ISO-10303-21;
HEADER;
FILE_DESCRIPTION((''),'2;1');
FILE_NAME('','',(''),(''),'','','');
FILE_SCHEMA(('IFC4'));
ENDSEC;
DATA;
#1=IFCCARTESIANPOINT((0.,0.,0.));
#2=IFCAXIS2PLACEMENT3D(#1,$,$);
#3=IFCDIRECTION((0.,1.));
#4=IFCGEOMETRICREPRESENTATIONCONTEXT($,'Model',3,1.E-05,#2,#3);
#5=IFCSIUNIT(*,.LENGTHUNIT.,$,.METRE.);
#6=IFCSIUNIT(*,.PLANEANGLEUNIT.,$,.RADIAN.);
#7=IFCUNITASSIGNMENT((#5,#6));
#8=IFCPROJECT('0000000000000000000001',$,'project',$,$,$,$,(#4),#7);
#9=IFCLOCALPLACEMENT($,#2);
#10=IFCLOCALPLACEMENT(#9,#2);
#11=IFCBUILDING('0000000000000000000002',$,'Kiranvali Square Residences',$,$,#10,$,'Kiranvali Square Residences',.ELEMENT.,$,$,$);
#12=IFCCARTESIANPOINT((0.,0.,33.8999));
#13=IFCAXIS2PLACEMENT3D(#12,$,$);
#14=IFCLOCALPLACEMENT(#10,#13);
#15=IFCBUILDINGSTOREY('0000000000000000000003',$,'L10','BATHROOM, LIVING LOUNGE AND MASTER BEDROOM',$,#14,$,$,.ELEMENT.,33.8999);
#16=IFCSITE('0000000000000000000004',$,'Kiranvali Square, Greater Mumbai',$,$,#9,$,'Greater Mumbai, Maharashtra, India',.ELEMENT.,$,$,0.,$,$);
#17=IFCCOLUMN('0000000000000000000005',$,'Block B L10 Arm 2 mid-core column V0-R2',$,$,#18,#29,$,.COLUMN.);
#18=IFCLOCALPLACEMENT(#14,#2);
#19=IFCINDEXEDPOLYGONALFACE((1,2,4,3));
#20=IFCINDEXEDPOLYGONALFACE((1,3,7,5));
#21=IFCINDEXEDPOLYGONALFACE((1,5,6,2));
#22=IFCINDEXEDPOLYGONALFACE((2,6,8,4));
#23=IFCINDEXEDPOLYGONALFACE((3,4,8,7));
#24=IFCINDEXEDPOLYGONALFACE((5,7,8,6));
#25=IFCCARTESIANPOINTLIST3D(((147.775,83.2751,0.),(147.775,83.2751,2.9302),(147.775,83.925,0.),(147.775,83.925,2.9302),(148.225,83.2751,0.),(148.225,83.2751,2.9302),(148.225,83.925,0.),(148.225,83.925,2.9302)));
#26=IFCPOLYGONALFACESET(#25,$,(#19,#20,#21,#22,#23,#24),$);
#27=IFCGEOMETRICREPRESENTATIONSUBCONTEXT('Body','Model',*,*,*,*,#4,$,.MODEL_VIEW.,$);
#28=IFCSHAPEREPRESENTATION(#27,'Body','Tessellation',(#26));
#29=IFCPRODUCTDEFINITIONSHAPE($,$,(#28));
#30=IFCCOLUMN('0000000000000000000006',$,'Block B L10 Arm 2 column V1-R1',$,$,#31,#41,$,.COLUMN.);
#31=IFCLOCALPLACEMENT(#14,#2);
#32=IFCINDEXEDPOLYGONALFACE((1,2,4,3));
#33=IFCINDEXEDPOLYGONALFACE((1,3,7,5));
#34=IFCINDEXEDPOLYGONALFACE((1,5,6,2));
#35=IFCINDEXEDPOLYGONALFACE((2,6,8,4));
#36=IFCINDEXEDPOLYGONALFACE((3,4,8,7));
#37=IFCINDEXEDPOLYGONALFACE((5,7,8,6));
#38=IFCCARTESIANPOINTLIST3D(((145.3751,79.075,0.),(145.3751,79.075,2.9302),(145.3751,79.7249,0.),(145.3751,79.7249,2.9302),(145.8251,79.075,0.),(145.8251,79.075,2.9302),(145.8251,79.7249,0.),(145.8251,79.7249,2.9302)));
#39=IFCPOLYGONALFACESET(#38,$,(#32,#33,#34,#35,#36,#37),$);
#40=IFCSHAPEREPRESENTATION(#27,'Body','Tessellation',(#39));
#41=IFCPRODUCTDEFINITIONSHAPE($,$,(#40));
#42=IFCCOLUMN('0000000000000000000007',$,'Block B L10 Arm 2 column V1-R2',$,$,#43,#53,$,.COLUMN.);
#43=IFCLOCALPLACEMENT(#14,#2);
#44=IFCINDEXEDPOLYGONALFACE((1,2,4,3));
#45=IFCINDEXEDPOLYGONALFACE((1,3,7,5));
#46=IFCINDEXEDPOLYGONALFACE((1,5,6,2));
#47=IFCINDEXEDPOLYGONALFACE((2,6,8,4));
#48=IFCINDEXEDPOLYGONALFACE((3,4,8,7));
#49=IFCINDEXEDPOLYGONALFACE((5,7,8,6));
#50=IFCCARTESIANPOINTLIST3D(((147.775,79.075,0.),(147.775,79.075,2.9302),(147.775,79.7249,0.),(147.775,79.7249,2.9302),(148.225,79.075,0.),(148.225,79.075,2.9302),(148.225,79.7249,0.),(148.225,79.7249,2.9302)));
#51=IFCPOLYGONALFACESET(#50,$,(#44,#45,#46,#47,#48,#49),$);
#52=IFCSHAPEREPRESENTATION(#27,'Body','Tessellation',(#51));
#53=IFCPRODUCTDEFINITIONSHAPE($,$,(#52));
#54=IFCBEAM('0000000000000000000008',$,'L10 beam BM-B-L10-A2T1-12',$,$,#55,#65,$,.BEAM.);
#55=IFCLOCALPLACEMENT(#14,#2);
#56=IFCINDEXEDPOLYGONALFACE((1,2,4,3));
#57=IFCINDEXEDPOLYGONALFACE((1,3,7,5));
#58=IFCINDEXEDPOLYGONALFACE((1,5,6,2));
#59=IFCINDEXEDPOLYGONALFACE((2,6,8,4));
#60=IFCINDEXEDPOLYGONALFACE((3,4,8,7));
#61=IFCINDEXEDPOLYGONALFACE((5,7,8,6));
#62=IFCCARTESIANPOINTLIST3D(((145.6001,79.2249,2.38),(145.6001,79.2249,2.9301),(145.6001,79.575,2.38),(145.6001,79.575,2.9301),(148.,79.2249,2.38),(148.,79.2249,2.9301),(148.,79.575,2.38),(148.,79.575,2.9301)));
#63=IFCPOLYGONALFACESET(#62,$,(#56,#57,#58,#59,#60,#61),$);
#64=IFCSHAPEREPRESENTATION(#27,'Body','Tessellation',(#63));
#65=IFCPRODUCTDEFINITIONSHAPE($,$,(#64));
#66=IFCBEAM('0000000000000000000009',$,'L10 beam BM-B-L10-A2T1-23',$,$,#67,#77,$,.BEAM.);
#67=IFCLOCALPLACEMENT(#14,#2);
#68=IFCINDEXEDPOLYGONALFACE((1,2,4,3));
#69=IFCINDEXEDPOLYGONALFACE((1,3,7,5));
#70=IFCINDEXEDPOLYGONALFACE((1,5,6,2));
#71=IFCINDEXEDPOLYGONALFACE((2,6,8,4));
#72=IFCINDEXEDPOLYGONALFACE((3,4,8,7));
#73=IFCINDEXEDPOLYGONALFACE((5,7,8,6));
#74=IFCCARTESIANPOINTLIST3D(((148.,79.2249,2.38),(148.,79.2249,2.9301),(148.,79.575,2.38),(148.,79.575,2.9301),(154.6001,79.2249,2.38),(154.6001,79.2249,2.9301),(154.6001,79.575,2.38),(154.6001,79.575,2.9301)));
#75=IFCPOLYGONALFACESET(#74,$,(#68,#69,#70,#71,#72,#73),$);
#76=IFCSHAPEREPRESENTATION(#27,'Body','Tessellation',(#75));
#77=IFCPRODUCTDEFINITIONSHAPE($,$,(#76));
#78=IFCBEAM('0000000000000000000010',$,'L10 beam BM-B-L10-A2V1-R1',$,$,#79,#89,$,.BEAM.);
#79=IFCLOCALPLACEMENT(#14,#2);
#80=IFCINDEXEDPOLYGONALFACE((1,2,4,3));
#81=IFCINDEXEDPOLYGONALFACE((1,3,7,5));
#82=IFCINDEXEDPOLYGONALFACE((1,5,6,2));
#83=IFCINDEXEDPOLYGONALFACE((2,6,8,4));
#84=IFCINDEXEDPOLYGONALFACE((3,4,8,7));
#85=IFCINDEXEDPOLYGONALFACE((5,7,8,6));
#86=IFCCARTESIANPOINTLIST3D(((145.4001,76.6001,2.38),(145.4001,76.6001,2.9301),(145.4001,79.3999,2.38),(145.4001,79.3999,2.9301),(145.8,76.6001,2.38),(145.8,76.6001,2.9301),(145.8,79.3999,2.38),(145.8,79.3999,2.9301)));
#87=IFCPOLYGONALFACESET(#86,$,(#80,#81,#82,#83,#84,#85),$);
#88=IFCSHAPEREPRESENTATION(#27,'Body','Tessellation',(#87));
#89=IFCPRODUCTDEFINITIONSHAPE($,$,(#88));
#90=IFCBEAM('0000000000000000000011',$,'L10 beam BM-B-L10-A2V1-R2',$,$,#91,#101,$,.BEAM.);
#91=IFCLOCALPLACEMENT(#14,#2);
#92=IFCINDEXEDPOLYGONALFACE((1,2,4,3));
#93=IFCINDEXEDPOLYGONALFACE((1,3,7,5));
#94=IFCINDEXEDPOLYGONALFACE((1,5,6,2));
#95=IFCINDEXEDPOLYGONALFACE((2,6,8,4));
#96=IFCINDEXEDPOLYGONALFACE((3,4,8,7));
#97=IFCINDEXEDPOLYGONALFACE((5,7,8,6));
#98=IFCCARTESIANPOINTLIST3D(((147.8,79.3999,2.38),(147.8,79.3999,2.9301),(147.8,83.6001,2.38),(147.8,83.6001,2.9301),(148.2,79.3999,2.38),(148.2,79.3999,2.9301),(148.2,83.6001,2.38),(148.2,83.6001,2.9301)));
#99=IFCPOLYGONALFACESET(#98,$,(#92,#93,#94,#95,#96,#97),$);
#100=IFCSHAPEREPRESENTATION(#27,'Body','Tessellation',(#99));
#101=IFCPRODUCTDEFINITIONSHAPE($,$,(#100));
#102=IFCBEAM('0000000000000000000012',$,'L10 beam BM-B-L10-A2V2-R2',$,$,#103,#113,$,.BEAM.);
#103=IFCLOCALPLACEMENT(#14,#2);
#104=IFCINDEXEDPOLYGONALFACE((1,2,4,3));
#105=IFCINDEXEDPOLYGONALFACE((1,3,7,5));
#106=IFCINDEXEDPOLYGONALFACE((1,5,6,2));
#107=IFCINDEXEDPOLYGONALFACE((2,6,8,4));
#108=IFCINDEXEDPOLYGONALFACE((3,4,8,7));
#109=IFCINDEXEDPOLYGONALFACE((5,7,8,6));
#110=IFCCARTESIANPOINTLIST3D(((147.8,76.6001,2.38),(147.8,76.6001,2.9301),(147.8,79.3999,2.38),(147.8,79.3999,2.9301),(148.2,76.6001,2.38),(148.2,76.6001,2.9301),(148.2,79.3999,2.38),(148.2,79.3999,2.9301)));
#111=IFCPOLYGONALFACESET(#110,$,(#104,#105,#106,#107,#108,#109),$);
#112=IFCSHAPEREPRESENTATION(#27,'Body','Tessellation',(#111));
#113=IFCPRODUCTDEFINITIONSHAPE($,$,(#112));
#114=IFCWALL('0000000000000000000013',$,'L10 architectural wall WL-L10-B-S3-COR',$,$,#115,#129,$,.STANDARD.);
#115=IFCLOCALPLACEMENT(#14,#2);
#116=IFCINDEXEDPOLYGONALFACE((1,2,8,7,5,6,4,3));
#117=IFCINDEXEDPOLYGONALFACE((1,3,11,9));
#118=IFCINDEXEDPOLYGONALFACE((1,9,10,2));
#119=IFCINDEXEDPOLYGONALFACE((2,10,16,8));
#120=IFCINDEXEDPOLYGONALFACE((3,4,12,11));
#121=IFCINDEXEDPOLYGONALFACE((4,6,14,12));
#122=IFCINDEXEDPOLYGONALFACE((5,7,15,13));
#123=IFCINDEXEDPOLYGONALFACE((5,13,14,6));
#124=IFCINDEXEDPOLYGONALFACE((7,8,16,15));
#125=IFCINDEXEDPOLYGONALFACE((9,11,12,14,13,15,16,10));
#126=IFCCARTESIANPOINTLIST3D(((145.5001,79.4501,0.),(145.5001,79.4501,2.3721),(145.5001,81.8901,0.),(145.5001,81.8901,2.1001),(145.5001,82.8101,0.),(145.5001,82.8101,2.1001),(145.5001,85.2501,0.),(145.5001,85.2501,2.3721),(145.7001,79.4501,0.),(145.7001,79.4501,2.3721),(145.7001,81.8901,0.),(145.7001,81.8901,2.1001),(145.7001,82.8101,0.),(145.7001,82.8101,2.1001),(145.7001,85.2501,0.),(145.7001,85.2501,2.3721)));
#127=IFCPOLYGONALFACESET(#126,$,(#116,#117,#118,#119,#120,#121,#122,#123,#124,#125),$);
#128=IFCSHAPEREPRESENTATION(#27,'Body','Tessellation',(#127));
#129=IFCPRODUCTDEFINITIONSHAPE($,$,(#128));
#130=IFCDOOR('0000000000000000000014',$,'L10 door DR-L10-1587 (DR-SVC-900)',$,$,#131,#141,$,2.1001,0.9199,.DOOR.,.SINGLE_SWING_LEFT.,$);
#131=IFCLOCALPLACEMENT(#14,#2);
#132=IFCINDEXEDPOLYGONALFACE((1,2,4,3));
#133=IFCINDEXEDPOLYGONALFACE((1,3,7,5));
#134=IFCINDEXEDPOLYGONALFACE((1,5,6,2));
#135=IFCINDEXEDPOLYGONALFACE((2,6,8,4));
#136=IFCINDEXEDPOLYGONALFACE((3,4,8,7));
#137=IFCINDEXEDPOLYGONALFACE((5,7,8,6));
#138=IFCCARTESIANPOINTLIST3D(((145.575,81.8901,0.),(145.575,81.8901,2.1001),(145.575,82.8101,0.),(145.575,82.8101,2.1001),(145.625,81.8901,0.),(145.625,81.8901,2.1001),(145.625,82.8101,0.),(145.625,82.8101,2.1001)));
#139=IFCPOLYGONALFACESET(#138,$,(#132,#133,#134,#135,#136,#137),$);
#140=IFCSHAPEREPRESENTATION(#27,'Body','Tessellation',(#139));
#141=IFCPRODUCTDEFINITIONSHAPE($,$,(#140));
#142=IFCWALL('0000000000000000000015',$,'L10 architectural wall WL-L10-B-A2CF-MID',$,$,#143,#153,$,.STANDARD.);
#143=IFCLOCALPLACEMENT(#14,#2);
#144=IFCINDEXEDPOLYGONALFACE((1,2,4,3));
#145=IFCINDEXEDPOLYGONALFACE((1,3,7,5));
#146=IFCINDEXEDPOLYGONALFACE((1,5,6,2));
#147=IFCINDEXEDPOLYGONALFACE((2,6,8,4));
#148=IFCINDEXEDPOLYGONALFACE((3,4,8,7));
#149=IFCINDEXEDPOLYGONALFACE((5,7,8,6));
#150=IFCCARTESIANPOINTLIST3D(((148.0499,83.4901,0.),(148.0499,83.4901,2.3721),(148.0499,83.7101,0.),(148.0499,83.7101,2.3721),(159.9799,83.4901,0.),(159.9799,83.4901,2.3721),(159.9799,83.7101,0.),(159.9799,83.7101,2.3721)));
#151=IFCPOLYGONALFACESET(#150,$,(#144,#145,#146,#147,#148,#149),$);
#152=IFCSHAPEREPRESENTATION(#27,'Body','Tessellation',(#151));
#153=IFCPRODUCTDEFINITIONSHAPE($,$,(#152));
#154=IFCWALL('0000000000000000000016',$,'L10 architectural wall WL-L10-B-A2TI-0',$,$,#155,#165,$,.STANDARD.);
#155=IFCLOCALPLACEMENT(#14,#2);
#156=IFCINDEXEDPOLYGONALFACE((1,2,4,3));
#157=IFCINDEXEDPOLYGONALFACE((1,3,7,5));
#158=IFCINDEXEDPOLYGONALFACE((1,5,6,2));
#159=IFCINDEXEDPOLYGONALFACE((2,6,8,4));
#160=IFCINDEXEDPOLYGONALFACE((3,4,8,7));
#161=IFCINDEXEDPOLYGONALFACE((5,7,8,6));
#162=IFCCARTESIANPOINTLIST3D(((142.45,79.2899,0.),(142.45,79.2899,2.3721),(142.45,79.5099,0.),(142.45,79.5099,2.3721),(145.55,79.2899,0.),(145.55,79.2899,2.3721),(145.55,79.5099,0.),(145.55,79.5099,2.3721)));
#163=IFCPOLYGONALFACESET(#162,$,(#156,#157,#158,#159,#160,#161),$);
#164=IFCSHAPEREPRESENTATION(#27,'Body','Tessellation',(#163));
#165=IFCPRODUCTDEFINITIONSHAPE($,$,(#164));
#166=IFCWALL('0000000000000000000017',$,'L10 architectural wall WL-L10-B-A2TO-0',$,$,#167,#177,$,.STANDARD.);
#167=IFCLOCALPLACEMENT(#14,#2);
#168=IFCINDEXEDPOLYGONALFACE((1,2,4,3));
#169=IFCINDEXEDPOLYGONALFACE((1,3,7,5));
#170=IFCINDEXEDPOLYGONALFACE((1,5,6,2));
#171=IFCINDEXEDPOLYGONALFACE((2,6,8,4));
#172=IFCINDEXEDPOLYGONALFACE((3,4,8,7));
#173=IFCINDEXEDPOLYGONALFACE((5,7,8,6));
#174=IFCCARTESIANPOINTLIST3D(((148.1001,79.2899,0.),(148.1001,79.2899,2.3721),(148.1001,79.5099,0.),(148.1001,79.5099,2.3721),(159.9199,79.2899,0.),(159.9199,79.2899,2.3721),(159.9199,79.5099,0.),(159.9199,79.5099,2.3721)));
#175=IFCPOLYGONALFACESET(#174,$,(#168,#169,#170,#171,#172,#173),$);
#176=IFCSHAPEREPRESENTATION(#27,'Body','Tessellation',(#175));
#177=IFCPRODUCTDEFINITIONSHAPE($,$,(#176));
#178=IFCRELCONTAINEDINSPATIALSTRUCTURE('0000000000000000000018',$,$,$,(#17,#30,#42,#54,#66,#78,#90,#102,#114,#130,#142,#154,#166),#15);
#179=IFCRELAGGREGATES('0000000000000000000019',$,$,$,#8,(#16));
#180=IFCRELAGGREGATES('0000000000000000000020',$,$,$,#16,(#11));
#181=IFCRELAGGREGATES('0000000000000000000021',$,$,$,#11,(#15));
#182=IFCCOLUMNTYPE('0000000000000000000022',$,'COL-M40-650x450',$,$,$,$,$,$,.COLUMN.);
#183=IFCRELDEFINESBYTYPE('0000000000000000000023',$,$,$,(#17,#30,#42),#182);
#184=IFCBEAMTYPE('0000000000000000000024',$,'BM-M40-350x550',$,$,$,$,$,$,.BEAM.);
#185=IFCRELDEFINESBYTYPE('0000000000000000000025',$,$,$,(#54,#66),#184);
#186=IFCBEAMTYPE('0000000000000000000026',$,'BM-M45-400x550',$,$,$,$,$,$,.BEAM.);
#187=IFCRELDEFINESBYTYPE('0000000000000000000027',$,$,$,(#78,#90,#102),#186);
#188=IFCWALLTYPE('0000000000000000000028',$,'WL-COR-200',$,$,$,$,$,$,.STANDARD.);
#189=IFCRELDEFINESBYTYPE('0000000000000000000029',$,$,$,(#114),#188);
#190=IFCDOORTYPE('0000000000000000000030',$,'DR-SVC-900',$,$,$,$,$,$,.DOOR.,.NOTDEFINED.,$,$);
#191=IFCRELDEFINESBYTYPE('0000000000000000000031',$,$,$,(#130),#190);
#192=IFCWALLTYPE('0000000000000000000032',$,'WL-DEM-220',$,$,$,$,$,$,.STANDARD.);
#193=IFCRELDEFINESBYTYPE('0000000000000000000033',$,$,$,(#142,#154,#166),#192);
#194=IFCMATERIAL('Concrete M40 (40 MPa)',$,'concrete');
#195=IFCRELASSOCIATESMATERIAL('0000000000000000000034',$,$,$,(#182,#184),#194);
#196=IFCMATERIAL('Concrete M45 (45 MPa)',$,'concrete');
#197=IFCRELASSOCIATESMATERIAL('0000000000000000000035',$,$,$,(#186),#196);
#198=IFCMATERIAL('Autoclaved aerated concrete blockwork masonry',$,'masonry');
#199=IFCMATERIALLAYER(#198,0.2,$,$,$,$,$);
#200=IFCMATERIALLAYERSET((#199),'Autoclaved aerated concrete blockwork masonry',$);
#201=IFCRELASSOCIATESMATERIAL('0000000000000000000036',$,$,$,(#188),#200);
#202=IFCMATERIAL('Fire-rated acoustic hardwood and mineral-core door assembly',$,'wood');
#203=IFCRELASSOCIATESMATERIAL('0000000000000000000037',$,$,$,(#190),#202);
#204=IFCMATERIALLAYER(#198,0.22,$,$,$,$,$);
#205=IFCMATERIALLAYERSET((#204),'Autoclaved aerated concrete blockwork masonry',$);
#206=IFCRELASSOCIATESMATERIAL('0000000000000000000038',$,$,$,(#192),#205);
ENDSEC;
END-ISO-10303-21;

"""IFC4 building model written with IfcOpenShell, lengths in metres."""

from ifc_helpers import new_model, si_unit, direction, frame, frame_2d, origin, origin_2d, place, context, subcontext, project, spatial, rectangle, extrude, material, layer, layer_set, material_profile, profile_set, type_object, element, fill, save


model = new_model("IFC4")

# Units and contexts
model_context = context("Model", 3, precision=1e-05, world=origin(), true_north=direction((0.0, 1.0)))
body_context = subcontext(model_context, "Body", "Model", "MODEL_VIEW")
ifc_project = project(units=[si_unit("LENGTHUNIT", "METRE"), si_unit("PLANEANGLEUNIT", "RADIAN")], contexts=[model_context])

# Site, building, storey
site_placement = place(None, origin())
site = spatial("IfcSite", under=ifc_project, at=site_placement, Name="Kiranvali Square, Greater Mumbai", LongName="Greater Mumbai, Maharashtra, India", CompositionType="ELEMENT", RefElevation=0.0)
building_placement = place(site_placement, origin())
building = spatial("IfcBuilding", under=site, at=building_placement, Name="Kiranvali Square Residences", LongName="Kiranvali Square Residences", CompositionType="ELEMENT")
storey_placement = place(building_placement, frame((0.0, 0.0, 33.8999)))
storey = spatial("IfcBuildingStorey", under=building, at=storey_placement, Name="L10", Description="BATHROOM, LIVING LOUNGE AND MASTER BEDROOM", CompositionType="ELEMENT", Elevation=33.8999)

# Columns
ifc_material_1 = material(Name="Concrete M40 (40 MPa)", Category="concrete")
ifc_material_profile_1 = material_profile(ifc_material_1, rectangle(XDim=0.45, YDim=0.6499, at=origin_2d()), Name="RC 650x450")
ifc_profile_set_1 = profile_set([ifc_material_profile_1], Name="Concrete M40 (40 MPa)")
column_type = type_object("IfcColumnType", Name="COL-M40-650x450", PredefinedType="COLUMN", material=ifc_profile_set_1)
for number, where, z_axis, x_axis, name in (
    (1, (148.0, 83.6001, 0.0), (0.0, 0.0, 1.0), (1.0, 0.0, 0.0), "Block B L10 Arm 2 mid-core column V0-R2"),
    (2, (145.6001, 79.3999, 0.0), (0.0, 0.0, 1.0), (1.0, 0.0, 0.0), "Block B L10 Arm 2 column V1-R1"),
    (3, (148.0, 79.3999, 0.0), (0.0, 0.0, 1.0), (1.0, 0.0, 0.0), "Block B L10 Arm 2 column V1-R2"),
):
    element("IfcColumn", number, at=place(storey_placement, frame(where, z_axis=z_axis, x_axis=x_axis)), inside=storey, type_object=column_type, Name=name, PredefinedType="COLUMN", context=body_context, shape_type="SweptSolid", body=[
        extrude(rectangle(XDim=0.45, YDim=0.6499, at=origin_2d()), origin(), (0.0, 0.0, 1.0), 2.9302),
    ])

# Beams
ifc_material_profile_2 = material_profile(ifc_material_1, rectangle(XDim=0.3501, YDim=0.55, at=origin_2d()), Name="RC 350x550")
ifc_profile_set_2 = profile_set([ifc_material_profile_2], Name="Concrete M40 (40 MPa)")
beam_type_1 = type_object("IfcBeamType", Name="BM-M40-350x550", PredefinedType="BEAM", material=ifc_profile_set_2)
beam_1_placement = place(storey_placement, frame((145.6001, 79.3999, 2.655), z_axis=(1.0, 0.0, 0.0), x_axis=(0.0, 1.0, 0.0)))
element("IfcBeam", 4, at=beam_1_placement, inside=storey, type_object=beam_type_1, Name="L10 beam BM-B-L10-A2T1-12", PredefinedType="BEAM", context=body_context, shape_type="SweptSolid", body=[
    extrude(rectangle(XDim=0.3501, YDim=0.55, at=origin_2d()), origin(), (0.0, 0.0, 1.0), 2.3999),
])
beam_2_placement = place(storey_placement, frame((148.0, 79.3999, 2.655), z_axis=(1.0, 0.0, 0.0), x_axis=(0.0, 1.0, 0.0)))
element("IfcBeam", 5, at=beam_2_placement, inside=storey, type_object=beam_type_1, Name="L10 beam BM-B-L10-A2T1-23", PredefinedType="BEAM", context=body_context, shape_type="SweptSolid", body=[
    extrude(rectangle(XDim=0.3501, YDim=0.55, at=origin_2d()), origin(), (0.0, 0.0, 1.0), 6.6001),
])
ifc_material_2 = material(Name="Concrete M45 (45 MPa)", Category="concrete")
ifc_material_profile_3 = material_profile(ifc_material_2, rectangle(XDim=0.3999, YDim=0.55, at=origin_2d()), Name="RC 400x550")
ifc_profile_set_3 = profile_set([ifc_material_profile_3], Name="Concrete M45 (45 MPa)")
beam_type_2 = type_object("IfcBeamType", Name="BM-M45-400x550", PredefinedType="BEAM", material=ifc_profile_set_3)
beam_3_placement = place(storey_placement, frame((145.6001, 79.3999, 2.655), z_axis=(0.0, -1.0, 0.0), x_axis=(1.0, 0.0, 0.0)))
element("IfcBeam", 6, at=beam_3_placement, inside=storey, type_object=beam_type_2, Name="L10 beam BM-B-L10-A2V1-R1", PredefinedType="BEAM", context=body_context, shape_type="SweptSolid", body=[
    extrude(rectangle(XDim=0.3999, YDim=0.55, at=origin_2d()), origin(), (0.0, 0.0, 1.0), 2.7998),
])
beam_4_placement = place(storey_placement, frame((148.0, 83.6001, 2.655), z_axis=(0.0, -1.0, 0.0), x_axis=(1.0, 0.0, 0.0)))
element("IfcBeam", 7, at=beam_4_placement, inside=storey, type_object=beam_type_2, Name="L10 beam BM-B-L10-A2V1-R2", PredefinedType="BEAM", context=body_context, shape_type="SweptSolid", body=[
    extrude(rectangle(XDim=0.3999, YDim=0.55, at=origin_2d()), origin(), (0.0, 0.0, 1.0), 4.2002),
])
beam_5_placement = place(storey_placement, frame((148.0, 79.3999, 2.655), z_axis=(0.0, -1.0, 0.0), x_axis=(1.0, 0.0, 0.0)))
element("IfcBeam", 8, at=beam_5_placement, inside=storey, type_object=beam_type_2, Name="L10 beam BM-B-L10-A2V2-R2", PredefinedType="BEAM", context=body_context, shape_type="SweptSolid", body=[
    extrude(rectangle(XDim=0.3999, YDim=0.55, at=origin_2d()), origin(), (0.0, 0.0, 1.0), 2.7998),
])

# Wall, opening, door
ifc_material_3 = material(Name="Autoclaved aerated concrete blockwork masonry", Category="masonry")
ifc_layer_1 = layer(ifc_material_3, 0.2)
ifc_layer_set_1 = layer_set([ifc_layer_1], Name="Autoclaved aerated concrete blockwork masonry")
wall_type_1 = type_object("IfcWallType", Name="WL-COR-200", PredefinedType="STANDARD", material=ifc_layer_set_1)
ifc_material_4 = material(Name="Fire-rated acoustic hardwood and mineral-core door assembly", Category="wood")
wall_1_placement = place(storey_placement, frame((145.6001, 85.25, 0.0), z_axis=(0.0, 0.0, 1.0), x_axis=(0.0, -1.0, 0.0)))
wall_1 = element("IfcWall", 9, at=wall_1_placement, inside=storey, type_object=wall_type_1, Name="L10 architectural wall WL-L10-B-S3-COR", PredefinedType="STANDARD", context=body_context, shape_type="SweptSolid", body=[
    extrude(rectangle(XDim=5.8, YDim=0.2, at=frame_2d((2.8999, 0.0))), origin(), (0.0, 0.0, 1.0), 2.3721),
])
opening_1_placement = place(wall_1_placement, frame((2.4399, 0.0, 0.0)))
opening_1 = element("IfcOpeningElement", 10, at=opening_1_placement, cuts=wall_1, PredefinedType="OPENING", context=body_context, shape_type="SweptSolid", body=[
    extrude(rectangle(XDim=0.9199, YDim=2.1001, at=frame_2d((0.46, 1.05))), frame((0.0, 0.1099, 0.0), z_axis=(0.0, -1.0, 0.0), x_axis=(1.0, 0.0, 0.0)), (0.0, 0.0, 1.0), 0.22),
])
door_type_1 = type_object("IfcDoorType", Name="DR-SVC-900", OperationType="NOTDEFINED", PredefinedType="DOOR", material=ifc_material_4)
door_1_placement = place(opening_1_placement, origin())
door_1 = element("IfcDoor", 11, at=door_1_placement, inside=storey, type_object=door_type_1, Name="L10 door DR-L10-1587 (DR-SVC-900)", OperationType="SINGLE_SWING_LEFT", OverallHeight=2.1001, OverallWidth=0.9199, PredefinedType="DOOR", context=body_context, shape_type="SweptSolid", body=[
    extrude(rectangle(XDim=0.9199, YDim=2.1001, at=frame_2d((0.46, 1.05))), frame((0.0, 0.0249, 0.0), z_axis=(0.0, -1.0, 0.0), x_axis=(1.0, 0.0, 0.0)), (0.0, 0.0, 1.0), 0.05),
])
fill(opening_1, door_1)

# Walls
ifc_layer_2 = layer(ifc_material_3, 0.22)
ifc_layer_set_2 = layer_set([ifc_layer_2], Name="Autoclaved aerated concrete blockwork masonry")
wall_type_2 = type_object("IfcWallType", Name="WL-DEM-220", PredefinedType="STANDARD", material=ifc_layer_set_2)
wall_2_placement = place(storey_placement, frame((148.05, 83.6001, 0.0), z_axis=(0.0, 0.0, 1.0), x_axis=(1.0, 0.0, 0.0)))
element("IfcWall", 12, at=wall_2_placement, inside=storey, type_object=wall_type_2, Name="L10 architectural wall WL-L10-B-A2CF-MID", PredefinedType="STANDARD", context=body_context, shape_type="SweptSolid", body=[
    extrude(rectangle(XDim=11.9299, YDim=0.22, at=frame_2d((5.9648, 0.0))), origin(), (0.0, 0.0, 1.0), 2.3721),
])
wall_3_placement = place(storey_placement, frame((142.45, 79.3999, 0.0), z_axis=(0.0, 0.0, 1.0), x_axis=(1.0, 0.0, 0.0)))
element("IfcWall", 13, at=wall_3_placement, inside=storey, type_object=wall_type_2, Name="L10 architectural wall WL-L10-B-A2TI-0", PredefinedType="STANDARD", context=body_context, shape_type="SweptSolid", body=[
    extrude(rectangle(XDim=3.1001, YDim=0.22, at=frame_2d((1.55, 0.0))), origin(), (0.0, 0.0, 1.0), 2.3721),
])
wall_4_placement = place(storey_placement, frame((148.1001, 79.3999, 0.0), z_axis=(0.0, 0.0, 1.0), x_axis=(1.0, 0.0, 0.0)))
element("IfcWall", 14, at=wall_4_placement, inside=storey, type_object=wall_type_2, Name="L10 architectural wall WL-L10-B-A2TO-0", PredefinedType="STANDARD", context=body_context, shape_type="SweptSolid", body=[
    extrude(rectangle(XDim=11.8198, YDim=0.22, at=frame_2d((5.9099, 0.0))), origin(), (0.0, 0.0, 1.0), 2.3721),
])

save(model, "model.ifc")
